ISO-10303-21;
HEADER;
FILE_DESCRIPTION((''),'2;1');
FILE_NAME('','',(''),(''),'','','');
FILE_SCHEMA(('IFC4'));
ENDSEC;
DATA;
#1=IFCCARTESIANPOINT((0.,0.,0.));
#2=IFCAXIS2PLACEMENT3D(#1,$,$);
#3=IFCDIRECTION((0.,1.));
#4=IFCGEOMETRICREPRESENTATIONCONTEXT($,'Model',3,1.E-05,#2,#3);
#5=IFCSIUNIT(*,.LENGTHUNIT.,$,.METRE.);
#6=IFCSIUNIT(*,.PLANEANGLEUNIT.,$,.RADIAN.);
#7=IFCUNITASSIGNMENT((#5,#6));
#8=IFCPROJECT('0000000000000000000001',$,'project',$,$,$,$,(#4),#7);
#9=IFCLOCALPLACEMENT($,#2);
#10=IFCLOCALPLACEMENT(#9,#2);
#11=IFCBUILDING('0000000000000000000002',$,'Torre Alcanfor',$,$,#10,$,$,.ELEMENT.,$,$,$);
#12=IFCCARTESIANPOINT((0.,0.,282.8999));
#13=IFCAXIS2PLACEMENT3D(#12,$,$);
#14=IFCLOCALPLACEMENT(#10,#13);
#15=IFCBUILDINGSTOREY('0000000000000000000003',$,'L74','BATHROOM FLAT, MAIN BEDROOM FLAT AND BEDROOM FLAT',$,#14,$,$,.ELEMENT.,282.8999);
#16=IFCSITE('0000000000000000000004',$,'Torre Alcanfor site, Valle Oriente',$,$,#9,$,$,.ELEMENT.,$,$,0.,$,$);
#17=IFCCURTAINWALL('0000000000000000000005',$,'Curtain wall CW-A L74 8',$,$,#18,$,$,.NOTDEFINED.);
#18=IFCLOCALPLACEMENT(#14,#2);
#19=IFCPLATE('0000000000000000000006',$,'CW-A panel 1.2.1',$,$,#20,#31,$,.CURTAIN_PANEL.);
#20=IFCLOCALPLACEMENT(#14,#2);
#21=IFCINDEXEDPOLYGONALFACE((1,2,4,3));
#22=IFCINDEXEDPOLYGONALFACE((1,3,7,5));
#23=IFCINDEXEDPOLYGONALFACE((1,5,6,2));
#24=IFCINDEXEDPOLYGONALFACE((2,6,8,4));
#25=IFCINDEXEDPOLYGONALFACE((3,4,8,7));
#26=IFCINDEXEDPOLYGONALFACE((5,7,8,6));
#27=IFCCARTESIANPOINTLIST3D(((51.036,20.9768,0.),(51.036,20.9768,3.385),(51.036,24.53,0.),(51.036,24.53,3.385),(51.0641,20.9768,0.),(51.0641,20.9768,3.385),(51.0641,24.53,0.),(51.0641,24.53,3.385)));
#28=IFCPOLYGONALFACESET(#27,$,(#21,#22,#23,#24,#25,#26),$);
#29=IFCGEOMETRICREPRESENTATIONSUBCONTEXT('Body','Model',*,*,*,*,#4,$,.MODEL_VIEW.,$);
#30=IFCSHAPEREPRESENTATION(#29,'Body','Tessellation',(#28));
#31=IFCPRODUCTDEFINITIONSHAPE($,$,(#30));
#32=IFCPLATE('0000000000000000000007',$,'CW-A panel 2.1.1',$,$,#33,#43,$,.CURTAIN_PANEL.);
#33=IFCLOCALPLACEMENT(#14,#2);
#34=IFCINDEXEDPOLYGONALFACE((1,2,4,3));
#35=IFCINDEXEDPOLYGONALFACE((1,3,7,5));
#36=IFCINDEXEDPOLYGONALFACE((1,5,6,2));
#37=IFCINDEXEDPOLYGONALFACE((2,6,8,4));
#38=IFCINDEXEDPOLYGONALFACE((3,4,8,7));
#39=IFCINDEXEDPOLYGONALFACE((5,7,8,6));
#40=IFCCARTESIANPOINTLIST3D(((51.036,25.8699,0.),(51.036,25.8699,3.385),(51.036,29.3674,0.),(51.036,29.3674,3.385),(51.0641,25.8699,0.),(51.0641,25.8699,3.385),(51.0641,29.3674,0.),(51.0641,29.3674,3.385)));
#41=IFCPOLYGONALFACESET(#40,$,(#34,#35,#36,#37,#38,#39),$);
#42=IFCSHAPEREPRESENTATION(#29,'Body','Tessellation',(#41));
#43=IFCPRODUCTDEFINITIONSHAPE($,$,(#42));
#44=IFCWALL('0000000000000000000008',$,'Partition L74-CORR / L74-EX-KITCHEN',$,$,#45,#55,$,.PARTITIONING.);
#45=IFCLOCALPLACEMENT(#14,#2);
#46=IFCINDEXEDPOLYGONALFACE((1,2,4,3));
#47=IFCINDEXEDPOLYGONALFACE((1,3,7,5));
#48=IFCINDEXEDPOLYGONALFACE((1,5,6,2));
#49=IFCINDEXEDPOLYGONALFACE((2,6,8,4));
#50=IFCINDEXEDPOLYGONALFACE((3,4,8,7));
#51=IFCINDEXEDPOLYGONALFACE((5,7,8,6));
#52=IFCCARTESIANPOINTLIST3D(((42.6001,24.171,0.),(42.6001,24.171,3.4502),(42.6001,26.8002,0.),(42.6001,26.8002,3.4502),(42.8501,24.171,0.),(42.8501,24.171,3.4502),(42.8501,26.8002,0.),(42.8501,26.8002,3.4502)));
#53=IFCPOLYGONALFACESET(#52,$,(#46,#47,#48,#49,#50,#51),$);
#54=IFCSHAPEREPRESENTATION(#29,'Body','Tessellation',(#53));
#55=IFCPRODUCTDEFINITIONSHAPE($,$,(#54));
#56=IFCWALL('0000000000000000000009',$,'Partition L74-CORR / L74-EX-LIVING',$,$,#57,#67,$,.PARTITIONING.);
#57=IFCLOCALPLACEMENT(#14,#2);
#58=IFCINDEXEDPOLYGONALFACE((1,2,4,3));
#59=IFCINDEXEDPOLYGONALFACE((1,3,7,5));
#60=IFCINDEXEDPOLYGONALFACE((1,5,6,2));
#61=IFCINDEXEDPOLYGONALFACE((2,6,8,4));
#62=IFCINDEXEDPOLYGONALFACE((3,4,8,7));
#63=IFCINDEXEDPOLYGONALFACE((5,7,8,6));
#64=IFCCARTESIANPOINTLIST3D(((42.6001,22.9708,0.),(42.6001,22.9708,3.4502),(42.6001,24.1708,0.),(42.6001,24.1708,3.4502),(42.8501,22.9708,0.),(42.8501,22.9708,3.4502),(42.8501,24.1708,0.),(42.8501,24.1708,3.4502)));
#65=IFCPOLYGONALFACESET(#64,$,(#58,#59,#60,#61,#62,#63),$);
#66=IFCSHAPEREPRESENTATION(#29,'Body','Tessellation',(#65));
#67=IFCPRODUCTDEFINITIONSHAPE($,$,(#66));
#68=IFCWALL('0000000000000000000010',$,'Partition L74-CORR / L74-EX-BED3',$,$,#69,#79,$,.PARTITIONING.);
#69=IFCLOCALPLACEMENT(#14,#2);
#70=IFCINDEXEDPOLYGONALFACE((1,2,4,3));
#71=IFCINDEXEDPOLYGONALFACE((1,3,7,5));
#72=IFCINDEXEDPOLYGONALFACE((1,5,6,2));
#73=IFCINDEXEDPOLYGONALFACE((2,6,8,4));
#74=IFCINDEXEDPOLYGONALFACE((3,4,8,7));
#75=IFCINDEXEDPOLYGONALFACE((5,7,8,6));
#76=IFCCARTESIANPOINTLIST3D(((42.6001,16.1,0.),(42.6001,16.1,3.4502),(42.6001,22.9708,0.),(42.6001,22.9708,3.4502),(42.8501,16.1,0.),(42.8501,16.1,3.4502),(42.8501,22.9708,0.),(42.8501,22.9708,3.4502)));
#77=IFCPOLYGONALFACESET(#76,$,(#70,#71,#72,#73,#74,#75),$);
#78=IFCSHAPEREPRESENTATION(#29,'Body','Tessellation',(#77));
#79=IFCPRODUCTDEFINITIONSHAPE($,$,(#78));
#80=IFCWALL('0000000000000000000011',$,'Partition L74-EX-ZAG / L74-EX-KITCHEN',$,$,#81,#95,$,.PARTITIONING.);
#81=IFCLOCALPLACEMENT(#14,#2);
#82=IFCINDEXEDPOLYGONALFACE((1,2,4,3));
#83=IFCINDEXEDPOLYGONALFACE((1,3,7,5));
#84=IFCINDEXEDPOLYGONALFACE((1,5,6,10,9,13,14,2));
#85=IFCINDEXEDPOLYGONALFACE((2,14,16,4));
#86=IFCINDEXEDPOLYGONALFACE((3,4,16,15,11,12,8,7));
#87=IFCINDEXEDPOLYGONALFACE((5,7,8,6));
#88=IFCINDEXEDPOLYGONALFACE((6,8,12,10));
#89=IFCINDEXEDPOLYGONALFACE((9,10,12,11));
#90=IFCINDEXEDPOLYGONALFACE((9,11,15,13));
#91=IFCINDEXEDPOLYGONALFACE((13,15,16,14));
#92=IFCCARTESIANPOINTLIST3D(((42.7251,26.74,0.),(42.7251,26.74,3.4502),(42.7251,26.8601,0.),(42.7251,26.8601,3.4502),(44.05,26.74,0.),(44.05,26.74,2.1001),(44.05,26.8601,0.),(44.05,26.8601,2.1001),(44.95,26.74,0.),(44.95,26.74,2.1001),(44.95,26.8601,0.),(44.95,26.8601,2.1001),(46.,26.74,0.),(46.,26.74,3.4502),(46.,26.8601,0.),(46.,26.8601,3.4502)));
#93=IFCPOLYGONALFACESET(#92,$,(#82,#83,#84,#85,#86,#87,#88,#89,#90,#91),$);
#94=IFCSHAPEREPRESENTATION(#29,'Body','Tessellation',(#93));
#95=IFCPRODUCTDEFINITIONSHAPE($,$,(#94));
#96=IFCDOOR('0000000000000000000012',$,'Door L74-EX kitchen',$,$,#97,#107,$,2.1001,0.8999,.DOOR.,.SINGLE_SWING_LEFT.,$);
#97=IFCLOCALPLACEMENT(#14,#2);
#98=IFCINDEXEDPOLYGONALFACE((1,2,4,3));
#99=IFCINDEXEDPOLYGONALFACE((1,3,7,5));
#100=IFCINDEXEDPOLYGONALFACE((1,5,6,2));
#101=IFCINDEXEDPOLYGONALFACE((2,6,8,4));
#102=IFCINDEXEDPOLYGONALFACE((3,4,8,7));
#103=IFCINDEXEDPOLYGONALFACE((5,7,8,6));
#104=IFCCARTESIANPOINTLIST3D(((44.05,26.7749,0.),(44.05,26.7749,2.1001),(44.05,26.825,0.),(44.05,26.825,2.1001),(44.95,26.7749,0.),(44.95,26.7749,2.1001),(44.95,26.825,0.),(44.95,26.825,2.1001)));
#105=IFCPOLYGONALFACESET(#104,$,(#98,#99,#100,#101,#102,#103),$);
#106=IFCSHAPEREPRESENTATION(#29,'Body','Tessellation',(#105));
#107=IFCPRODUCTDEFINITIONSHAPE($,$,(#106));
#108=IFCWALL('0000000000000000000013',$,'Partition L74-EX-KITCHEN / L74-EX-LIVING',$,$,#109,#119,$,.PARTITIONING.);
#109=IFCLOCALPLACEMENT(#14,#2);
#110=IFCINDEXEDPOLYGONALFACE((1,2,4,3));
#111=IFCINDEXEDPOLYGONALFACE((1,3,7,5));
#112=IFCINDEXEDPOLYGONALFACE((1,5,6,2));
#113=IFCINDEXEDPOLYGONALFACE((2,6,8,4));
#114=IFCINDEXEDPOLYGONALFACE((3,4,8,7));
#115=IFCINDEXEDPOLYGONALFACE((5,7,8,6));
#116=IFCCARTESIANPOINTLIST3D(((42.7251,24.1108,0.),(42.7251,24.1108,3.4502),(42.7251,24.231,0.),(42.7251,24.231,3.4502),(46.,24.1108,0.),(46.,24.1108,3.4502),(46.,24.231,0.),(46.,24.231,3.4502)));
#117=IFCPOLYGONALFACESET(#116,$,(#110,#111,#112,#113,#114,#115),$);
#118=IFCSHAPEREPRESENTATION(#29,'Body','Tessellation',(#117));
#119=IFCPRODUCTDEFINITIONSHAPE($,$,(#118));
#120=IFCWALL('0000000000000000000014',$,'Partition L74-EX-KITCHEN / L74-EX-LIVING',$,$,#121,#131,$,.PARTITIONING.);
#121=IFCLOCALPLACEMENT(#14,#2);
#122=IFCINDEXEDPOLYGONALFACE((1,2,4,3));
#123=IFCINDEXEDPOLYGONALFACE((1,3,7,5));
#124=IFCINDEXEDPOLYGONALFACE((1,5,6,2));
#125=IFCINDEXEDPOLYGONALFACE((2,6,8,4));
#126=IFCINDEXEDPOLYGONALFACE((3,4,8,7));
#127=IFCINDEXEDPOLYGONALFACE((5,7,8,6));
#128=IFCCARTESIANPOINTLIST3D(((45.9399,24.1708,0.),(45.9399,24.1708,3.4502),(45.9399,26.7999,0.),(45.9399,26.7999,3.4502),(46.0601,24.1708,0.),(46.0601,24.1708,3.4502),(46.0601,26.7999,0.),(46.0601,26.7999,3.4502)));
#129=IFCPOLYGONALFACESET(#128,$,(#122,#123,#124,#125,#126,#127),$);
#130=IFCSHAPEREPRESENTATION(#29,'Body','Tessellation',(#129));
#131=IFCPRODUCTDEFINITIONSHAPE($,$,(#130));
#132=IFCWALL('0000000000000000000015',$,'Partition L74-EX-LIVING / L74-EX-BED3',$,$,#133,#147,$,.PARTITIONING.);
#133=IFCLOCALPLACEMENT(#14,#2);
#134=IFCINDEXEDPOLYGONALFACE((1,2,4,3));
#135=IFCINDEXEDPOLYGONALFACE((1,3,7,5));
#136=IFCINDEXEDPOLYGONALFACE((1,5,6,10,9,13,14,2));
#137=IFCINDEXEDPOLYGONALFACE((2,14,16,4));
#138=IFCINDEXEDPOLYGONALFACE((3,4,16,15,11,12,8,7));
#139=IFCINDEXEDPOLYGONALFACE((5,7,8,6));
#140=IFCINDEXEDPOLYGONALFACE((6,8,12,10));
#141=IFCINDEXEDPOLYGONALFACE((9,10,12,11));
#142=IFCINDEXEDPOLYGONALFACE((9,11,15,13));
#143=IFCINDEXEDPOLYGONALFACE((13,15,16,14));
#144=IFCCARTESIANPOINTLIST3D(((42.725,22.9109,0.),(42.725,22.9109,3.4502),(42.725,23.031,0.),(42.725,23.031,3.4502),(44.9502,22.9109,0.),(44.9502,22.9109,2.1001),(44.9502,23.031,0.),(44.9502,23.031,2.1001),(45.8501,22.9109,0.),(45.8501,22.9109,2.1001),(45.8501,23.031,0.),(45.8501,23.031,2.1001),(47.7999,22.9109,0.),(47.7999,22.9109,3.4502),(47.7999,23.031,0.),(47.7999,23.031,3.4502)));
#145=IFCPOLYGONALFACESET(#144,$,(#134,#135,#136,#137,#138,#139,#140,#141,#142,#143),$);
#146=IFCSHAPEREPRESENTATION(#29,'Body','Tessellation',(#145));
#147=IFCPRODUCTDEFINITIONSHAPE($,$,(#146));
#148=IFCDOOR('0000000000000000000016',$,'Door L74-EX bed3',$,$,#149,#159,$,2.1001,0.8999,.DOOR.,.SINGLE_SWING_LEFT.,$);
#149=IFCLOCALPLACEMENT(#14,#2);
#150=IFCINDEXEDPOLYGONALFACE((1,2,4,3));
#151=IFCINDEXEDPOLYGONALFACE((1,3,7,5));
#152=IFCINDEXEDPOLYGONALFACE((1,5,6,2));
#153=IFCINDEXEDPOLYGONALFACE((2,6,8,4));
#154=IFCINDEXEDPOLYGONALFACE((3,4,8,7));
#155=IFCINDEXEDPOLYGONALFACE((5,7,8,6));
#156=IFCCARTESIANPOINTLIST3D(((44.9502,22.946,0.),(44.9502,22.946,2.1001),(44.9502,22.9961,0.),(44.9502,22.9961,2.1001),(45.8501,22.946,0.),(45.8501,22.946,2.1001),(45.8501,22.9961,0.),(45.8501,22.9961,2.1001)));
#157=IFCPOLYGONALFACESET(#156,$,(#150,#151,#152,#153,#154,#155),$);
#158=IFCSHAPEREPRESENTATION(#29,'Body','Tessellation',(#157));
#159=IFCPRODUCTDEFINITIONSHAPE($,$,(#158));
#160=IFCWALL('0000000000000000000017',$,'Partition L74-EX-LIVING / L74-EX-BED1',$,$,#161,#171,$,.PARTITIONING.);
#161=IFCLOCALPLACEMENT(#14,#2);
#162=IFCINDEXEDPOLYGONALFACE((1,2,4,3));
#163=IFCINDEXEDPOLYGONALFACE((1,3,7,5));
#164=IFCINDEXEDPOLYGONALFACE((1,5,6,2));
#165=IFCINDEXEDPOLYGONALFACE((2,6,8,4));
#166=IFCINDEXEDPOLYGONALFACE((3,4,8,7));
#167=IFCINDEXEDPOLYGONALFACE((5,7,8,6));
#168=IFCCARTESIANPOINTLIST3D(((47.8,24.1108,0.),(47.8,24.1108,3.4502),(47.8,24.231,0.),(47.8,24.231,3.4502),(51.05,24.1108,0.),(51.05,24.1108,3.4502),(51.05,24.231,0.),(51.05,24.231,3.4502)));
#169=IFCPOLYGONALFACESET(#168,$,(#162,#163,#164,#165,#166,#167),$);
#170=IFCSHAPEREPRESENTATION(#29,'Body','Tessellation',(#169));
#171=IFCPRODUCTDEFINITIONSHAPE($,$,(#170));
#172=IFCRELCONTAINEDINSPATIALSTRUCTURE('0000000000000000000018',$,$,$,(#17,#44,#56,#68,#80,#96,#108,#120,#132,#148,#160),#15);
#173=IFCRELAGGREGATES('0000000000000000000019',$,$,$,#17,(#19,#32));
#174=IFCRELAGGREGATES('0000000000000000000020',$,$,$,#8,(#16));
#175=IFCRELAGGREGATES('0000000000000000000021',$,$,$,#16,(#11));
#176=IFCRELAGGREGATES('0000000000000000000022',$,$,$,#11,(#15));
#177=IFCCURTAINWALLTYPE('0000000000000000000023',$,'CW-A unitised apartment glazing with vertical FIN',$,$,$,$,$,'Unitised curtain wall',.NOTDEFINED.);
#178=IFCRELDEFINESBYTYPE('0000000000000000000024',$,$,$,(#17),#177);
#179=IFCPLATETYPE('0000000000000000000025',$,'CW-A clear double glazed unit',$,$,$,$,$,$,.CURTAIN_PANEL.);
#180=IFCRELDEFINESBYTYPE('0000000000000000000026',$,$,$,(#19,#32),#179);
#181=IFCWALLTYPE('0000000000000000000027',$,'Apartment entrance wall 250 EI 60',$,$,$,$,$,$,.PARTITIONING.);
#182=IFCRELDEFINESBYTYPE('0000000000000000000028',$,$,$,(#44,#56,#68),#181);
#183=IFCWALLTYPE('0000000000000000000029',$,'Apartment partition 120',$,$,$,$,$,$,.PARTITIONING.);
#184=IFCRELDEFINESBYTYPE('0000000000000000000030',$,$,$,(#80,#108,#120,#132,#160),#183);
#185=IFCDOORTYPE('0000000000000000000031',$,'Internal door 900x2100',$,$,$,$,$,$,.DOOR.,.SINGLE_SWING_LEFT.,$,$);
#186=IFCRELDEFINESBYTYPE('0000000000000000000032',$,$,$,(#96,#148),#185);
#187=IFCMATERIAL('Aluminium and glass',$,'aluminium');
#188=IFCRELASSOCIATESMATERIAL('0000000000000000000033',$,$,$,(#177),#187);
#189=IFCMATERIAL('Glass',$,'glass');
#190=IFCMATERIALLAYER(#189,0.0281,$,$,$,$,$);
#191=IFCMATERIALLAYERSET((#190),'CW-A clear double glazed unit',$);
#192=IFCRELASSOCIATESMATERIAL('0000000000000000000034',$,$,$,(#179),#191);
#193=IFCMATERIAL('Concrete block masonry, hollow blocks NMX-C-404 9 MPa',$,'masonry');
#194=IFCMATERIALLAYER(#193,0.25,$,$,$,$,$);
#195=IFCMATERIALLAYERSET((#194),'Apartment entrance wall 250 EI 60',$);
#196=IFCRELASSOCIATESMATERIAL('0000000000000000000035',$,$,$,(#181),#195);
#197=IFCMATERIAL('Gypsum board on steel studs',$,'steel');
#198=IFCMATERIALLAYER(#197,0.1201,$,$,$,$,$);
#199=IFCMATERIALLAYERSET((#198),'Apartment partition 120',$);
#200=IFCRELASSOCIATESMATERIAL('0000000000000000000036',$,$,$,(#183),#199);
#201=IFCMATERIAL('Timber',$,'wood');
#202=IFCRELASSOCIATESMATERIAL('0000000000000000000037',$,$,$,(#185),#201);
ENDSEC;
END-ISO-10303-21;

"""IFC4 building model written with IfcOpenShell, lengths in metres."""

from ifc_helpers import new_model, si_unit, direction, frame, frame_2d, origin, origin_2d, place, context, subcontext, project, spatial, rectangle, extrude, material, layer, layer_set, type_object, element, fill, aggregate, save


model = new_model("IFC4")

# Units and contexts
model_context = context("Model", 3, precision=1e-05, world=origin(), true_north=direction((0.0, 1.0)))
body_context = subcontext(model_context, "Body", "Model", "MODEL_VIEW")
ifc_project = project(units=[si_unit("LENGTHUNIT", "METRE"), si_unit("PLANEANGLEUNIT", "RADIAN")], contexts=[model_context])

# Site, building, storey
site_placement = place(None, origin())
site = spatial("IfcSite", under=ifc_project, at=site_placement, Name="Torre Alcanfor site, Valle Oriente", CompositionType="ELEMENT", RefElevation=0.0)
building_placement = place(site_placement, origin())
building = spatial("IfcBuilding", under=site, at=building_placement, Name="Torre Alcanfor", CompositionType="ELEMENT")
storey_placement = place(building_placement, frame((0.0, 0.0, 282.8999)))
storey = spatial("IfcBuildingStorey", under=building, at=storey_placement, Name="L74", Description="BATHROOM FLAT, MAIN BEDROOM FLAT AND BEDROOM FLAT", CompositionType="ELEMENT", Elevation=282.8999)

# Curtain wall
ifc_material_1 = material(Name="Aluminium and glass", Category="aluminium")
curtain_wall_type = type_object("IfcCurtainWallType", Name="CW-A unitised apartment glazing with vertical FIN", ElementType="Unitised curtain wall", PredefinedType="NOTDEFINED", material=ifc_material_1)
curtain_wall_placement = place(storey_placement, origin())
curtain_wall = element("IfcCurtainWall", 1, at=curtain_wall_placement, inside=storey, type_object=curtain_wall_type, Name="Curtain wall CW-A L74 8", PredefinedType="NOTDEFINED")

# Plates
ifc_material_2 = material(Name="Glass", Category="glass")
ifc_layer_1 = layer(ifc_material_2, 0.0281)
ifc_layer_set_1 = layer_set([ifc_layer_1], Name="CW-A clear double glazed unit")
plate_type = type_object("IfcPlateType", Name="CW-A clear double glazed unit", PredefinedType="CURTAIN_PANEL", material=ifc_layer_set_1)
plate_1_placement = place(storey_placement, frame((51.05, 22.7534, 0.0), z_axis=(0.0, 0.0, 1.0), x_axis=(0.0, 1.0, 0.0)))
plate_1 = element("IfcPlate", 2, at=plate_1_placement, type_object=plate_type, Name="CW-A panel 1.2.1", PredefinedType="CURTAIN_PANEL", context=body_context, shape_type="SweptSolid", body=[
    extrude(rectangle(XDim=3.5532, YDim=0.0281, at=origin_2d()), origin(), (0.0, 0.0, 1.0), 3.385),
])
plate_2_placement = place(storey_placement, frame((51.05, 27.6187, 0.0), z_axis=(0.0, 0.0, 1.0), x_axis=(0.0, 1.0, 0.0)))
plate_2 = element("IfcPlate", 3, at=plate_2_placement, type_object=plate_type, Name="CW-A panel 2.1.1", PredefinedType="CURTAIN_PANEL", context=body_context, shape_type="SweptSolid", body=[
    extrude(rectangle(XDim=3.4976, YDim=0.0281, at=origin_2d()), origin(), (0.0, 0.0, 1.0), 3.385),
])
aggregate(curtain_wall, [plate_1, plate_2])

# Walls
ifc_material_3 = material(Name="Concrete block masonry, hollow blocks NMX-C-404 9 MPa", Category="masonry")
ifc_layer_2 = layer(ifc_material_3, 0.25)
ifc_layer_set_2 = layer_set([ifc_layer_2], Name="Apartment entrance wall 250 EI 60")
wall_type_1 = type_object("IfcWallType", Name="Apartment entrance wall 250 EI 60", PredefinedType="PARTITIONING", material=ifc_layer_set_2)
wall_1_placement = place(storey_placement, frame((42.7251, 26.8, 0.0), z_axis=(0.0, 0.0, 1.0), x_axis=(0.0, -1.0, 0.0)))
element("IfcWall", 4, at=wall_1_placement, inside=storey, type_object=wall_type_1, Name="Partition L74-CORR / L74-EX-KITCHEN", PredefinedType="PARTITIONING", context=body_context, shape_type="SweptSolid", body=[
    extrude(rectangle(XDim=2.6292, YDim=0.25, at=frame_2d((1.3145, 0.0))), origin(), (0.0, 0.0, 1.0), 3.4502),
])
wall_2_placement = place(storey_placement, frame((42.7251, 24.1709, 0.0), z_axis=(0.0, 0.0, 1.0), x_axis=(0.0, -1.0, 0.0)))
element("IfcWall", 5, at=wall_2_placement, inside=storey, type_object=wall_type_1, Name="Partition L74-CORR / L74-EX-LIVING", PredefinedType="PARTITIONING", context=body_context, shape_type="SweptSolid", body=[
    extrude(rectangle(XDim=1.2, YDim=0.25, at=frame_2d((0.6001, 0.0))), origin(), (0.0, 0.0, 1.0), 3.4502),
])
wall_3_placement = place(storey_placement, frame((42.7251, 22.9709, 0.0), z_axis=(0.0, 0.0, 1.0), x_axis=(0.0, -1.0, 0.0)))
element("IfcWall", 6, at=wall_3_placement, inside=storey, type_object=wall_type_1, Name="Partition L74-CORR / L74-EX-BED3", PredefinedType="PARTITIONING", context=body_context, shape_type="SweptSolid", body=[
    extrude(rectangle(XDim=6.8708, YDim=0.25, at=frame_2d((3.4355, 0.0))), origin(), (0.0, 0.0, 1.0), 3.4502),
])

# Wall, opening, door
ifc_material_4 = material(Name="Gypsum board on steel studs", Category="steel")
ifc_layer_3 = layer(ifc_material_4, 0.1201)
ifc_layer_set_3 = layer_set([ifc_layer_3], Name="Apartment partition 120")
wall_type_2 = type_object("IfcWallType", Name="Apartment partition 120", PredefinedType="PARTITIONING", material=ifc_layer_set_3)
wall_4_placement = place(storey_placement, frame((42.7251, 26.8, 0.0), z_axis=(0.0, 0.0, 1.0), x_axis=(1.0, 0.0, 0.0)))
wall_4 = element("IfcWall", 7, at=wall_4_placement, inside=storey, type_object=wall_type_2, Name="Partition L74-EX-ZAG / L74-EX-KITCHEN", PredefinedType="PARTITIONING", context=body_context, shape_type="SweptSolid", body=[
    extrude(rectangle(XDim=3.2749, YDim=0.1201, at=frame_2d((1.6375, 0.0))), origin(), (0.0, 0.0, 1.0), 3.4502),
])
opening_1_placement = place(wall_4_placement, frame((1.325, 0.0, 0.0)))
opening_1 = element("IfcOpeningElement", 8, at=opening_1_placement, cuts=wall_4, PredefinedType="OPENING", context=body_context, shape_type="SweptSolid", body=[
    extrude(rectangle(XDim=0.8999, YDim=2.1001, at=frame_2d((0.45, 1.05))), frame((0.0, 0.0701, 0.0), z_axis=(0.0, -1.0, 0.0), x_axis=(1.0, 0.0, 0.0)), (0.0, 0.0, 1.0), 0.1401),
])
ifc_material_5 = material(Name="Timber", Category="wood")
door_type_1 = type_object("IfcDoorType", Name="Internal door 900x2100", OperationType="SINGLE_SWING_LEFT", PredefinedType="DOOR", material=ifc_material_5)
door_1_placement = place(opening_1_placement, frame((0.8999, 0.0, 0.0), z_axis=(0.0, 0.0, 1.0), x_axis=(-1.0, 0.0, 0.0)))
door_1 = element("IfcDoor", 9, at=door_1_placement, inside=storey, type_object=door_type_1, Name="Door L74-EX kitchen", OperationType="SINGLE_SWING_LEFT", OverallHeight=2.1001, OverallWidth=0.8999, PredefinedType="DOOR", context=body_context, shape_type="SweptSolid", body=[
    extrude(rectangle(XDim=0.8999, YDim=2.1001, at=frame_2d((0.45, 1.05))), frame((0.0, 0.0251, 0.0), z_axis=(0.0, -1.0, 0.0), x_axis=(1.0, 0.0, 0.0)), (0.0, 0.0, 1.0), 0.05),
])
fill(opening_1, door_1)

# Walls
wall_5_placement = place(storey_placement, frame((42.7251, 24.1709, 0.0), z_axis=(0.0, 0.0, 1.0), x_axis=(1.0, 0.0, 0.0)))
element("IfcWall", 10, at=wall_5_placement, inside=storey, type_object=wall_type_2, Name="Partition L74-EX-KITCHEN / L74-EX-LIVING", PredefinedType="PARTITIONING", context=body_context, shape_type="SweptSolid", body=[
    extrude(rectangle(XDim=3.2749, YDim=0.1201, at=frame_2d((1.6375, 0.0))), origin(), (0.0, 0.0, 1.0), 3.4502),
])
wall_6_placement = place(storey_placement, frame((46.0, 24.1709, 0.0), z_axis=(0.0, 0.0, 1.0), x_axis=(0.0, 1.0, 0.0)))
element("IfcWall", 11, at=wall_6_placement, inside=storey, type_object=wall_type_2, Name="Partition L74-EX-KITCHEN / L74-EX-LIVING", PredefinedType="PARTITIONING", context=body_context, shape_type="SweptSolid", body=[
    extrude(rectangle(XDim=2.6292, YDim=0.1201, at=frame_2d((1.3145, 0.0))), origin(), (0.0, 0.0, 1.0), 3.4502),
])

# Wall, opening, door
wall_7_placement = place(storey_placement, frame((47.8, 22.9709, 0.0), z_axis=(0.0, 0.0, 1.0), x_axis=(-1.0, 0.0, 0.0)))
wall_7 = element("IfcWall", 12, at=wall_7_placement, inside=storey, type_object=wall_type_2, Name="Partition L74-EX-LIVING / L74-EX-BED3", PredefinedType="PARTITIONING", context=body_context, shape_type="SweptSolid", body=[
    extrude(rectangle(XDim=5.075, YDim=0.1201, at=frame_2d((2.5376, 0.0))), origin(), (0.0, 0.0, 1.0), 3.4502),
])
opening_2_placement = place(wall_7_placement, frame((1.95, 0.0, 0.0)))
opening_2 = element("IfcOpeningElement", 13, at=opening_2_placement, cuts=wall_7, PredefinedType="OPENING", context=body_context, shape_type="SweptSolid", body=[
    extrude(rectangle(XDim=0.8999, YDim=2.1001, at=frame_2d((0.45, 1.05))), frame((0.0, 0.0701, 0.0), z_axis=(0.0, -1.0, 0.0), x_axis=(1.0, 0.0, 0.0)), (0.0, 0.0, 1.0), 0.1401),
])
door_2_placement = place(opening_2_placement, origin())
door_2 = element("IfcDoor", 14, at=door_2_placement, inside=storey, type_object=door_type_1, Name="Door L74-EX bed3", OperationType="SINGLE_SWING_LEFT", OverallHeight=2.1001, OverallWidth=0.8999, PredefinedType="DOOR", context=body_context, shape_type="SweptSolid", body=[
    extrude(rectangle(XDim=0.8999, YDim=2.1001, at=frame_2d((0.45, 1.05))), frame((0.0, 0.0249, 0.0), z_axis=(0.0, -1.0, 0.0), x_axis=(1.0, 0.0, 0.0)), (0.0, 0.0, 1.0), 0.05),
])
fill(opening_2, door_2)

# Wall
wall_8_placement = place(storey_placement, frame((51.05, 24.1709, 0.0), z_axis=(0.0, 0.0, 1.0), x_axis=(-1.0, 0.0, 0.0)))
element("IfcWall", 15, at=wall_8_placement, inside=storey, type_object=wall_type_2, Name="Partition L74-EX-LIVING / L74-EX-BED1", PredefinedType="PARTITIONING", context=body_context, shape_type="SweptSolid", body=[
    extrude(rectangle(XDim=3.25, YDim=0.1201, at=frame_2d((1.625, 0.0))), origin(), (0.0, 0.0, 1.0), 3.4502),
])

save(model, "model.ifc")
